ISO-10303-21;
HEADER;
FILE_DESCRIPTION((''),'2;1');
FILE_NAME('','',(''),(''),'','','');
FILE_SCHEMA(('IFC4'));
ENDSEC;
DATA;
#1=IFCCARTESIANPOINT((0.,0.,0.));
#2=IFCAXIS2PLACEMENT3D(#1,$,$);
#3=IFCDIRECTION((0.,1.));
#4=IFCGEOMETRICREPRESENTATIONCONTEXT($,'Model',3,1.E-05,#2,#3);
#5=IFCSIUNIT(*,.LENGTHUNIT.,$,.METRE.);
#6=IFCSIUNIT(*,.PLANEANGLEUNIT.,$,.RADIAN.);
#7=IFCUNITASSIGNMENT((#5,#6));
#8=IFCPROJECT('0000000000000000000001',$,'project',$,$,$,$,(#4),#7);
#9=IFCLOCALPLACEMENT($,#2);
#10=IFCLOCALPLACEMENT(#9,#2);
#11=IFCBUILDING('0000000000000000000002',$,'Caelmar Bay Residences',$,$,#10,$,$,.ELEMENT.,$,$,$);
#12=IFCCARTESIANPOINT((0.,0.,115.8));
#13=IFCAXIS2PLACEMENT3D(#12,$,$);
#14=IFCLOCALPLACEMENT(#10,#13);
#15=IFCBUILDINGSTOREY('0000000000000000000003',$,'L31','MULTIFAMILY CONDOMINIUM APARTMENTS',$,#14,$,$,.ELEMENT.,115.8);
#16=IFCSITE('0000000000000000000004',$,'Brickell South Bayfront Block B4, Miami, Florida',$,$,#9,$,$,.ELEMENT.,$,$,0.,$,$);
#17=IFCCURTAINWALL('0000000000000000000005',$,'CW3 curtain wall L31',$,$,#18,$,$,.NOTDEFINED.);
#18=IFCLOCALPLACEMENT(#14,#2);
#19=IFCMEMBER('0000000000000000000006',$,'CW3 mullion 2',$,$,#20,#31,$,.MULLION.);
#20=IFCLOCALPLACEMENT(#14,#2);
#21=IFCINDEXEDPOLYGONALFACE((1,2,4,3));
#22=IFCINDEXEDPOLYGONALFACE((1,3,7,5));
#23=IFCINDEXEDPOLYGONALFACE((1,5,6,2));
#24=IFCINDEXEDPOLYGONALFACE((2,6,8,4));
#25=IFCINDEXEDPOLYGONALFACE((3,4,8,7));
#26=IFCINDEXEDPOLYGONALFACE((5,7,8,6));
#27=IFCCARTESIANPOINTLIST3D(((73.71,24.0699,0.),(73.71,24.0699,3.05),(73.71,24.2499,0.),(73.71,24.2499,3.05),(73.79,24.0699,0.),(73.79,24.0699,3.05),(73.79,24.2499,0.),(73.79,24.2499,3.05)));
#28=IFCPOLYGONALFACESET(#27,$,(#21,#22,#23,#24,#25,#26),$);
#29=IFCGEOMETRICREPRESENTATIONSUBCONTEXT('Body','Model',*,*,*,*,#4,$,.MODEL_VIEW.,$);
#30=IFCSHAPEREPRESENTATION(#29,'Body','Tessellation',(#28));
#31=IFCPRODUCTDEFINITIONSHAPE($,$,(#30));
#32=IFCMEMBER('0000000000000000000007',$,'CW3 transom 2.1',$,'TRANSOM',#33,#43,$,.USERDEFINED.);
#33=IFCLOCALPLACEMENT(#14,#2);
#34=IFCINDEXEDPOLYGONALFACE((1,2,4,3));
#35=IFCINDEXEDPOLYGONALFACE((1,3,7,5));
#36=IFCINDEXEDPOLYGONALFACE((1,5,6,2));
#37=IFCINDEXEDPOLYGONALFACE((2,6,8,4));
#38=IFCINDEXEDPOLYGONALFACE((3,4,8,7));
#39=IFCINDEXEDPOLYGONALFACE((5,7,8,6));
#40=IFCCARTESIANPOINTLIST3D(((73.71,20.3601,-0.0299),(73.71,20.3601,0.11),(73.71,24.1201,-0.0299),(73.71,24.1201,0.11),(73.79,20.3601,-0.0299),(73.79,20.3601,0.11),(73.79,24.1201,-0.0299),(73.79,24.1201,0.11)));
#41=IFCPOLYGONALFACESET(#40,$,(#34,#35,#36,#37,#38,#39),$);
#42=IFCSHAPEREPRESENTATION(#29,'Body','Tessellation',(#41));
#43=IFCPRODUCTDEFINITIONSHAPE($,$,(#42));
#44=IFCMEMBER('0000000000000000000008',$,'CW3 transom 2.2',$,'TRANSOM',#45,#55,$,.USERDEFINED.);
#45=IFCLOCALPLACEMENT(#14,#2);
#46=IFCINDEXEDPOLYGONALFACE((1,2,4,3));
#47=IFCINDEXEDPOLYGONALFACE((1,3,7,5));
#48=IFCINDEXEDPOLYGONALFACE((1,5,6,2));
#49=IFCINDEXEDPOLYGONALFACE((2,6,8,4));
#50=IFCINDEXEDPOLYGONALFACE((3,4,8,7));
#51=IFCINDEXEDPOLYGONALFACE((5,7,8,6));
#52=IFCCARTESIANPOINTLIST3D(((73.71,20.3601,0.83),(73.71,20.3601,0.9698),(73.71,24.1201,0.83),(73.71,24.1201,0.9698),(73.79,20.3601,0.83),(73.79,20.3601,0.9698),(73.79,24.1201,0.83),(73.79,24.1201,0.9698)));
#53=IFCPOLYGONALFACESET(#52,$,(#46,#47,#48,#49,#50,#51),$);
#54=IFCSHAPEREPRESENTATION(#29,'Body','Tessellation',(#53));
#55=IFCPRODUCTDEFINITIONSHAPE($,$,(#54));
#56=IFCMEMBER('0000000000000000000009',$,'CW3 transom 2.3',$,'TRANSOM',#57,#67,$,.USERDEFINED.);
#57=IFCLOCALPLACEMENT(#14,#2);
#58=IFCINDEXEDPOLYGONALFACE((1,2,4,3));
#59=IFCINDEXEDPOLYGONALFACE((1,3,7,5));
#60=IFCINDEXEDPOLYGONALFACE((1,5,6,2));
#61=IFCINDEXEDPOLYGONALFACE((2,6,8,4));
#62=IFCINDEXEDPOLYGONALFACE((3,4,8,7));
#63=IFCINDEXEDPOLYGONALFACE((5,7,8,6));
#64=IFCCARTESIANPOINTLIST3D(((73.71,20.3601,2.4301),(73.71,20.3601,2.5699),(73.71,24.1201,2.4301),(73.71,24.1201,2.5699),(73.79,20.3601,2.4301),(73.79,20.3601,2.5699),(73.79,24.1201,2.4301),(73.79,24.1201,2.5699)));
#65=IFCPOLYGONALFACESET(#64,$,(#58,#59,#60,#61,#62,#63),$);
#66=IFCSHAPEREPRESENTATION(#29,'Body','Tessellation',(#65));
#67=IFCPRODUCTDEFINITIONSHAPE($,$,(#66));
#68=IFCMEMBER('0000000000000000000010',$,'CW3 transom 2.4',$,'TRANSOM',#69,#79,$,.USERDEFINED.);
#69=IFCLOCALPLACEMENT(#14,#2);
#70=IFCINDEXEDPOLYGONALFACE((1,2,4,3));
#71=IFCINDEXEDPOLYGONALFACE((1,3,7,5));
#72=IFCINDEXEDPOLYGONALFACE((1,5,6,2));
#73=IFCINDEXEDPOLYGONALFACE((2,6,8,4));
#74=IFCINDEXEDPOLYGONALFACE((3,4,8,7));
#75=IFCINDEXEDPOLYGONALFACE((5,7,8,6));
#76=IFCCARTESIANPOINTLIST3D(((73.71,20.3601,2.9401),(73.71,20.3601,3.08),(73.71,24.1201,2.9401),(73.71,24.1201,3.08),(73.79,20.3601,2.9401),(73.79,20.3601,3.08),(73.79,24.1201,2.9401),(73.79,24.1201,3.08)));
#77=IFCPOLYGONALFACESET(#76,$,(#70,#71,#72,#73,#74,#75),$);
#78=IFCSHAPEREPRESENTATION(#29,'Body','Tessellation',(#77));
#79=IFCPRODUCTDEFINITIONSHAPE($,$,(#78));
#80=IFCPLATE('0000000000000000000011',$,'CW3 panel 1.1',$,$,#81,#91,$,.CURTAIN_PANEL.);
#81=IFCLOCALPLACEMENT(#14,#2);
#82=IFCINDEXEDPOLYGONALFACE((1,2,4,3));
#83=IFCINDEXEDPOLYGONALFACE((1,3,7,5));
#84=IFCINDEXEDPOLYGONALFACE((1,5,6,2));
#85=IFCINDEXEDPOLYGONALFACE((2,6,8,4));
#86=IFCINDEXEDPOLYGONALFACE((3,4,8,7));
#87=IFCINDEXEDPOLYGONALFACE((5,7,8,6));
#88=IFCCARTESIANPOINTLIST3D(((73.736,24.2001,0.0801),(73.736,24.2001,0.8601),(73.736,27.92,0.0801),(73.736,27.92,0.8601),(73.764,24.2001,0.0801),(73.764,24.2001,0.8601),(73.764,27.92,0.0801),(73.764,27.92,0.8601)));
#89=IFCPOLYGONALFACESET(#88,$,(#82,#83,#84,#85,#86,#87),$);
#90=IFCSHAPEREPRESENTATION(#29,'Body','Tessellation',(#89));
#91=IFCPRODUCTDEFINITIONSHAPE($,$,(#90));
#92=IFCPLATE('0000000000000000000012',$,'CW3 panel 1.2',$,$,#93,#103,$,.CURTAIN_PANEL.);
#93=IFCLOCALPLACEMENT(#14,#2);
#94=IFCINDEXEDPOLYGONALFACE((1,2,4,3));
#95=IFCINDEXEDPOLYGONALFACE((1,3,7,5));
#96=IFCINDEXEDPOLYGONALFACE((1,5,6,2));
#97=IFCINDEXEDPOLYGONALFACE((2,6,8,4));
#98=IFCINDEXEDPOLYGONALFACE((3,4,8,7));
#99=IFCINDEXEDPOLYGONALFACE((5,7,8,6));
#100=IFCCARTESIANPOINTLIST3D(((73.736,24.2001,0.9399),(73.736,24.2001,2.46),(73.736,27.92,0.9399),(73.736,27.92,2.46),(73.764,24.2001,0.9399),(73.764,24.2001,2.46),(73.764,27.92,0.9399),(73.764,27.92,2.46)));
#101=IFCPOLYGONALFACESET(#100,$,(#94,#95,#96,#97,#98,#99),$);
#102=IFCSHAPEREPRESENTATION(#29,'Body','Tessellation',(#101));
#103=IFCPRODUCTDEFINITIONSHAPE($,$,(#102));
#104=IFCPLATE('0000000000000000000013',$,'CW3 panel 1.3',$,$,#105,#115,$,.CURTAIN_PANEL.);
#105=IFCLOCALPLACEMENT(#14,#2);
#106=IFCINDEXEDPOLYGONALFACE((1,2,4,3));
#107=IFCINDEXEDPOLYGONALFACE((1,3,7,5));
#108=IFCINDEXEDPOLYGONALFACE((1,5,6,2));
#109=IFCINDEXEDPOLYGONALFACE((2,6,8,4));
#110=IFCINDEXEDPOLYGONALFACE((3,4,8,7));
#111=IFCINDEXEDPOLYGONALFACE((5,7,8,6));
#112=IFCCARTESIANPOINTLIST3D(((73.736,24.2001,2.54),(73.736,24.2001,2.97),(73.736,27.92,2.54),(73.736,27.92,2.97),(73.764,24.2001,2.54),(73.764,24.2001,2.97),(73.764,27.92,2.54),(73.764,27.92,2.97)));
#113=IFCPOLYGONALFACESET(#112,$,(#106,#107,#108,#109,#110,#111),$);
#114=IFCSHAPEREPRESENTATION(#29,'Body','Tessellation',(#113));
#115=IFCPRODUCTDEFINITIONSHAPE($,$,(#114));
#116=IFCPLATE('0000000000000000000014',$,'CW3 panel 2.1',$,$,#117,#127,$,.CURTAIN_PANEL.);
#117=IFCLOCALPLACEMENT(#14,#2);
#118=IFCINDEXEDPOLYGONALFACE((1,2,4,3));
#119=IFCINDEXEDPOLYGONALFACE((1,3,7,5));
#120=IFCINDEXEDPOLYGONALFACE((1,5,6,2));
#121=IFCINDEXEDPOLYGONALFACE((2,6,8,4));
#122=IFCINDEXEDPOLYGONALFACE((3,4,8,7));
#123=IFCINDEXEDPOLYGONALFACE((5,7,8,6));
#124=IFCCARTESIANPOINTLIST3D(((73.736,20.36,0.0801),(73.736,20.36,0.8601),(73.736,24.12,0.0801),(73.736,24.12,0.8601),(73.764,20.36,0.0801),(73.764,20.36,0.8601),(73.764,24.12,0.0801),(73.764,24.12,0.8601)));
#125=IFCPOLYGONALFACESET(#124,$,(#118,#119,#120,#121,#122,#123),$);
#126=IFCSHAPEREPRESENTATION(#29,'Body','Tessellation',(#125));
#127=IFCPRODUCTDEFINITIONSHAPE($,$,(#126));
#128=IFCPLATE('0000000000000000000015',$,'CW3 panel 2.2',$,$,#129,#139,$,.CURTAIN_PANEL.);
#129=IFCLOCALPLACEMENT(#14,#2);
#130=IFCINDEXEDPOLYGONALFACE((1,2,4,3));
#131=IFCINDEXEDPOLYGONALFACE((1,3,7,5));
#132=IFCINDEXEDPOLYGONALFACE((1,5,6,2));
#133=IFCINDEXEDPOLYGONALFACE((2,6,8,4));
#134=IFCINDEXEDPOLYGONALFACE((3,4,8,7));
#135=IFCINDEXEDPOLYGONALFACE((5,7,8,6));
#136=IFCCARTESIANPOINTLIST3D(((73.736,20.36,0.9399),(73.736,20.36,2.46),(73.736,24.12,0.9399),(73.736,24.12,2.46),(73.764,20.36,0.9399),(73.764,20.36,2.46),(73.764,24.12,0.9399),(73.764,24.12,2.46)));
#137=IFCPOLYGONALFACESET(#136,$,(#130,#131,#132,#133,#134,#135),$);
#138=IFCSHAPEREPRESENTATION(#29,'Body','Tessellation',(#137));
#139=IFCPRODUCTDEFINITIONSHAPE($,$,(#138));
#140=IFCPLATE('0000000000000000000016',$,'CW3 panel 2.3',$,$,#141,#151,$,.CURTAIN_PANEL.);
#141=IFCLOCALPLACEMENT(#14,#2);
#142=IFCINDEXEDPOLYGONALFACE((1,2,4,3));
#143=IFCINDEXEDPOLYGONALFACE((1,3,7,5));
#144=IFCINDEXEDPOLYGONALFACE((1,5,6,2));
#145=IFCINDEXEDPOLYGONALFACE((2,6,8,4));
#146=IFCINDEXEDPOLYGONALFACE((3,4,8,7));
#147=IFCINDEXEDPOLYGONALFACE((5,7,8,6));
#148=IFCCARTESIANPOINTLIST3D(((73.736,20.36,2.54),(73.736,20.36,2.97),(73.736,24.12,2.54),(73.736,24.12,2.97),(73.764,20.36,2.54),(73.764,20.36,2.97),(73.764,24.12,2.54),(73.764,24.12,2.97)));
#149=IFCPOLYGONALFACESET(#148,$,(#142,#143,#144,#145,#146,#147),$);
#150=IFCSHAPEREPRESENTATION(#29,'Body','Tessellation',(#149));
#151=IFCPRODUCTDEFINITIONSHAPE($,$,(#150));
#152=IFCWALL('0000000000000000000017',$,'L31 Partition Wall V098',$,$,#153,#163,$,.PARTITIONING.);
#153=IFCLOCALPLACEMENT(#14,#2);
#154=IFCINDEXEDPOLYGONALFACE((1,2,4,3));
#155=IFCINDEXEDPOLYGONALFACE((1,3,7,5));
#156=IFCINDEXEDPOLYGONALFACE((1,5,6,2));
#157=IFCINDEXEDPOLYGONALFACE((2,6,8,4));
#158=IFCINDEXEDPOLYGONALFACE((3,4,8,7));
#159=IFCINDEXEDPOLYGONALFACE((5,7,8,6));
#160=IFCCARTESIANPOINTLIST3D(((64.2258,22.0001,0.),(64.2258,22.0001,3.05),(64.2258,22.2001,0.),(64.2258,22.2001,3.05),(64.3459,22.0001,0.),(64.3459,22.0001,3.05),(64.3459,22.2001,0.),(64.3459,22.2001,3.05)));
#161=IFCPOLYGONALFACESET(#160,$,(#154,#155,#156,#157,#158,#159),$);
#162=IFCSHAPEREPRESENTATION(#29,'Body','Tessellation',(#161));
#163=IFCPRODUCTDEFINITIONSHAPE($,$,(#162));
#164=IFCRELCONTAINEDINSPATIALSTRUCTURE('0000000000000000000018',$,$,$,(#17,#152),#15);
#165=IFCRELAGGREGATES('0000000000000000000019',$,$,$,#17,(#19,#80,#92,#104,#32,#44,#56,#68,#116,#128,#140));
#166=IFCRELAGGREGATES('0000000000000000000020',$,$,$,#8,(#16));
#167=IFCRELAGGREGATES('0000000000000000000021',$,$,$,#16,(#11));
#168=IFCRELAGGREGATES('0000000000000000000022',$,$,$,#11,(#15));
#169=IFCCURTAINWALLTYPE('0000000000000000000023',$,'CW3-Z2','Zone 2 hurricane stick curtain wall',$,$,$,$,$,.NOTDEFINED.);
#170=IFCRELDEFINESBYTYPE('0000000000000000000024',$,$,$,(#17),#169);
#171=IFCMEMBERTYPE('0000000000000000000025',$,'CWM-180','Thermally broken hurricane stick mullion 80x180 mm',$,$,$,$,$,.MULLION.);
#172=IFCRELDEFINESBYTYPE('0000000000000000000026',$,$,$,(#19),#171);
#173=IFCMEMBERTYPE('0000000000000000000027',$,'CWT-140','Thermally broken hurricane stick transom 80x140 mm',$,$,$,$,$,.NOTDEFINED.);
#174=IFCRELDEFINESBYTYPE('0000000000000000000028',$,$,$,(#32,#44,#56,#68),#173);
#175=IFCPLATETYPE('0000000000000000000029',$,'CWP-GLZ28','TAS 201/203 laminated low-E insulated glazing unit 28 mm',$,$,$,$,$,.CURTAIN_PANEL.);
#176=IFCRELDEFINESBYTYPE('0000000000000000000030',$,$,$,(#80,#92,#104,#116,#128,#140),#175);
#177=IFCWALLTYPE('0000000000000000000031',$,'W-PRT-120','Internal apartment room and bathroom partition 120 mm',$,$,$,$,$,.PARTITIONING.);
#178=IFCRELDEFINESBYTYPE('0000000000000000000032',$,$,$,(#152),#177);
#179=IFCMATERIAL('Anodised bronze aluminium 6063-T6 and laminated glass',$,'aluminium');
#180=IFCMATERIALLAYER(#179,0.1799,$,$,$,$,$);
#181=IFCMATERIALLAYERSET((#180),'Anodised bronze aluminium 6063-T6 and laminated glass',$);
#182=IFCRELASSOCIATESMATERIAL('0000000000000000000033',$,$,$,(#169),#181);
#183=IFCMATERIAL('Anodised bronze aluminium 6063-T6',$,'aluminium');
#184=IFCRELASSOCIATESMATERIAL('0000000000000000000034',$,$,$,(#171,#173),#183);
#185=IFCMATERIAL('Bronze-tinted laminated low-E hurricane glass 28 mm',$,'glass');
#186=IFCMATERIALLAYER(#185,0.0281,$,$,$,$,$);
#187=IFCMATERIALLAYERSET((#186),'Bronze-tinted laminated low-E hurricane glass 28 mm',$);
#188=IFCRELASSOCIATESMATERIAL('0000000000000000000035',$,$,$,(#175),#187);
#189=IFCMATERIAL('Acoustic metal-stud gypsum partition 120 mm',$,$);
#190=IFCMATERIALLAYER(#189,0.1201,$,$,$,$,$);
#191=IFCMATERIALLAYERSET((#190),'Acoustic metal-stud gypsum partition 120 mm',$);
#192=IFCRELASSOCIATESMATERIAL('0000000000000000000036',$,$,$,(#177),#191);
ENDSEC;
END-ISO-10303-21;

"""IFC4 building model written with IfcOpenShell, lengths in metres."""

from ifc_helpers import new_model, si_unit, direction, frame, frame_2d, origin, origin_2d, place, context, subcontext, project, spatial, rectangle, extrude, material, layer, layer_set, material_profile, profile_set, type_object, element, aggregate, save


model = new_model("IFC4")

# Units and contexts
model_context = context("Model", 3, precision=1e-05, world=origin(), true_north=direction((0.0, 1.0)))
body_context = subcontext(model_context, "Body", "Model", "MODEL_VIEW")
ifc_project = project(units=[si_unit("LENGTHUNIT", "METRE"), si_unit("PLANEANGLEUNIT", "RADIAN")], contexts=[model_context])

# Site, building, storey
site_placement = place(None, origin())
site = spatial("IfcSite", under=ifc_project, at=site_placement, Name="Brickell South Bayfront Block B4, Miami, Florida", CompositionType="ELEMENT", RefElevation=0.0)
building_placement = place(site_placement, origin())
building = spatial("IfcBuilding", under=site, at=building_placement, Name="Caelmar Bay Residences", CompositionType="ELEMENT")
storey_placement = place(building_placement, frame((0.0, 0.0, 115.8)))
storey = spatial("IfcBuildingStorey", under=building, at=storey_placement, Name="L31", Description="MULTIFAMILY CONDOMINIUM APARTMENTS", CompositionType="ELEMENT", Elevation=115.8)

# Curtain wall, members, plates
ifc_material_1 = material(Name="Anodised bronze aluminium 6063-T6 and laminated glass", Category="aluminium")
ifc_layer_1 = layer(ifc_material_1, 0.1799)
ifc_layer_set_1 = layer_set([ifc_layer_1], Name="Anodised bronze aluminium 6063-T6 and laminated glass")
curtain_wall_type = type_object("IfcCurtainWallType", Name="CW3-Z2", Description="Zone 2 hurricane stick curtain wall", PredefinedType="NOTDEFINED", material=ifc_layer_set_1)
curtain_wall_placement = place(storey_placement, origin())
curtain_wall = element("IfcCurtainWall", 1, at=curtain_wall_placement, inside=storey, type_object=curtain_wall_type, Name="CW3 curtain wall L31", PredefinedType="NOTDEFINED")
ifc_material_2 = material(Name="Anodised bronze aluminium 6063-T6", Category="aluminium")
ifc_material_profile_1 = material_profile(ifc_material_2, rectangle(XDim=0.0801, YDim=0.1799, at=origin_2d()), Name="CWM-80X180")
ifc_profile_set_1 = profile_set([ifc_material_profile_1], Name="Anodised bronze aluminium 6063-T6")
member_type_1 = type_object("IfcMemberType", Name="CWM-180", Description="Thermally broken hurricane stick mullion 80x180 mm", PredefinedType="MULLION", material=ifc_profile_set_1)
member_1_placement = place(storey_placement, frame((73.75, 24.1599, 0.0), z_axis=(0.0, 0.0, 1.0), x_axis=(1.0, 0.0, 0.0)))
member_1 = element("IfcMember", 2, at=member_1_placement, type_object=member_type_1, Name="CW3 mullion 2", PredefinedType="MULLION", context=body_context, shape_type="SweptSolid", body=[
    extrude(rectangle(XDim=0.0801, YDim=0.1799, at=origin_2d()), origin(), (0.0, 0.0, 1.0), 3.05),
])
ifc_material_profile_2 = material_profile(ifc_material_2, rectangle(XDim=0.0801, YDim=0.1399, at=origin_2d()), Name="CWT-80X140")
ifc_profile_set_2 = profile_set([ifc_material_profile_2], Name="Anodised bronze aluminium 6063-T6")
member_type_2 = type_object("IfcMemberType", Name="CWT-140", Description="Thermally broken hurricane stick transom 80x140 mm", PredefinedType="NOTDEFINED", material=ifc_profile_set_2)
member_2_placement = place(storey_placement, frame((73.75, 24.1201, 0.04), z_axis=(0.0, -1.0, 0.0), x_axis=(1.0, 0.0, 0.0)))
member_2 = element("IfcMember", 3, at=member_2_placement, type_object=member_type_2, Name="CW3 transom 2.1", ObjectType="TRANSOM", PredefinedType="USERDEFINED", context=body_context, shape_type="SweptSolid", body=[
    extrude(rectangle(XDim=0.0801, YDim=0.1399, at=origin_2d()), origin(), (0.0, 0.0, 1.0), 3.76),
])
member_3_placement = place(storey_placement, frame((73.75, 24.1201, 0.8999), z_axis=(0.0, -1.0, 0.0), x_axis=(1.0, 0.0, 0.0)))
member_3 = element("IfcMember", 4, at=member_3_placement, type_object=member_type_2, Name="CW3 transom 2.2", ObjectType="TRANSOM", PredefinedType="USERDEFINED", context=body_context, shape_type="SweptSolid", body=[
    extrude(rectangle(XDim=0.0801, YDim=0.1399, at=origin_2d()), origin(), (0.0, 0.0, 1.0), 3.76),
])
member_4_placement = place(storey_placement, frame((73.75, 24.1201, 2.5), z_axis=(0.0, -1.0, 0.0), x_axis=(1.0, 0.0, 0.0)))
member_4 = element("IfcMember", 5, at=member_4_placement, type_object=member_type_2, Name="CW3 transom 2.3", ObjectType="TRANSOM", PredefinedType="USERDEFINED", context=body_context, shape_type="SweptSolid", body=[
    extrude(rectangle(XDim=0.0801, YDim=0.1399, at=origin_2d()), origin(), (0.0, 0.0, 1.0), 3.76),
])
member_5_placement = place(storey_placement, frame((73.75, 24.1201, 3.01), z_axis=(0.0, -1.0, 0.0), x_axis=(1.0, 0.0, 0.0)))
member_5 = element("IfcMember", 6, at=member_5_placement, type_object=member_type_2, Name="CW3 transom 2.4", ObjectType="TRANSOM", PredefinedType="USERDEFINED", context=body_context, shape_type="SweptSolid", body=[
    extrude(rectangle(XDim=0.0801, YDim=0.1399, at=origin_2d()), origin(), (0.0, 0.0, 1.0), 3.76),
])
ifc_material_3 = material(Name="Bronze-tinted laminated low-E hurricane glass 28 mm", Category="glass")
ifc_layer_2 = layer(ifc_material_3, 0.0281)
ifc_layer_set_2 = layer_set([ifc_layer_2], Name="Bronze-tinted laminated low-E hurricane glass 28 mm")
plate_type = type_object("IfcPlateType", Name="CWP-GLZ28", Description="TAS 201/203 laminated low-E insulated glazing unit 28 mm", PredefinedType="CURTAIN_PANEL", material=ifc_layer_set_2)
plate_1_placement = place(storey_placement, frame((73.75, 26.0601, 0.0801), z_axis=(0.0, 0.0, 1.0), x_axis=(0.0, -1.0, 0.0)))
plate_1 = element("IfcPlate", 7, at=plate_1_placement, type_object=plate_type, Name="CW3 panel 1.1", PredefinedType="CURTAIN_PANEL", context=body_context, shape_type="SweptSolid", body=[
    extrude(rectangle(XDim=3.72, YDim=0.0281, at=origin_2d()), origin(), (0.0, 0.0, 1.0), 0.78),
])
plate_2_placement = place(storey_placement, frame((73.75, 26.0601, 0.9399), z_axis=(0.0, 0.0, 1.0), x_axis=(0.0, -1.0, 0.0)))
plate_2 = element("IfcPlate", 8, at=plate_2_placement, type_object=plate_type, Name="CW3 panel 1.2", PredefinedType="CURTAIN_PANEL", context=body_context, shape_type="SweptSolid", body=[
    extrude(rectangle(XDim=3.72, YDim=0.0281, at=origin_2d()), origin(), (0.0, 0.0, 1.0), 1.52),
])
plate_3_placement = place(storey_placement, frame((73.75, 26.0601, 2.54), z_axis=(0.0, 0.0, 1.0), x_axis=(0.0, -1.0, 0.0)))
plate_3 = element("IfcPlate", 9, at=plate_3_placement, type_object=plate_type, Name="CW3 panel 1.3", PredefinedType="CURTAIN_PANEL", context=body_context, shape_type="SweptSolid", body=[
    extrude(rectangle(XDim=3.72, YDim=0.0281, at=origin_2d()), origin(), (0.0, 0.0, 1.0), 0.4299),
])
plate_4_placement = place(storey_placement, frame((73.75, 22.24, 0.0801), z_axis=(0.0, 0.0, 1.0), x_axis=(0.0, -1.0, 0.0)))
plate_4 = element("IfcPlate", 10, at=plate_4_placement, type_object=plate_type, Name="CW3 panel 2.1", PredefinedType="CURTAIN_PANEL", context=body_context, shape_type="SweptSolid", body=[
    extrude(rectangle(XDim=3.76, YDim=0.0281, at=origin_2d()), origin(), (0.0, 0.0, 1.0), 0.78),
])
plate_5_placement = place(storey_placement, frame((73.75, 22.24, 0.9399), z_axis=(0.0, 0.0, 1.0), x_axis=(0.0, -1.0, 0.0)))
plate_5 = element("IfcPlate", 11, at=plate_5_placement, type_object=plate_type, Name="CW3 panel 2.2", PredefinedType="CURTAIN_PANEL", context=body_context, shape_type="SweptSolid", body=[
    extrude(rectangle(XDim=3.76, YDim=0.0281, at=origin_2d()), origin(), (0.0, 0.0, 1.0), 1.52),
])
plate_6_placement = place(storey_placement, frame((73.75, 22.24, 2.54), z_axis=(0.0, 0.0, 1.0), x_axis=(0.0, -1.0, 0.0)))
plate_6 = element("IfcPlate", 12, at=plate_6_placement, type_object=plate_type, Name="CW3 panel 2.3", PredefinedType="CURTAIN_PANEL", context=body_context, shape_type="SweptSolid", body=[
    extrude(rectangle(XDim=3.76, YDim=0.0281, at=origin_2d()), origin(), (0.0, 0.0, 1.0), 0.4299),
])
aggregate(curtain_wall, [member_1, plate_1, plate_2, plate_3, member_2, member_3, member_4, member_5, plate_4, plate_5, plate_6])

# Wall
ifc_material_4 = material(Name="Acoustic metal-stud gypsum partition 120 mm")
ifc_layer_3 = layer(ifc_material_4, 0.1201)
ifc_layer_set_3 = layer_set([ifc_layer_3], Name="Acoustic metal-stud gypsum partition 120 mm")
wall_type = type_object("IfcWallType", Name="W-PRT-120", Description="Internal apartment room and bathroom partition 120 mm", PredefinedType="PARTITIONING", material=ifc_layer_set_3)
wall_1_placement = place(storey_placement, frame((64.2859, 22.0, 0.0), z_axis=(0.0, 0.0, 1.0), x_axis=(0.0, 1.0, 0.0)))
element("IfcWall", 13, at=wall_1_placement, inside=storey, type_object=wall_type, Name="L31 Partition Wall V098", PredefinedType="PARTITIONING", context=body_context, shape_type="SweptSolid", body=[
    extrude(rectangle(XDim=0.2, YDim=0.1201, at=frame_2d((0.1001, 0.0))), origin(), (0.0, 0.0, 1.0), 3.05),
])

save(model, "model.ifc")
